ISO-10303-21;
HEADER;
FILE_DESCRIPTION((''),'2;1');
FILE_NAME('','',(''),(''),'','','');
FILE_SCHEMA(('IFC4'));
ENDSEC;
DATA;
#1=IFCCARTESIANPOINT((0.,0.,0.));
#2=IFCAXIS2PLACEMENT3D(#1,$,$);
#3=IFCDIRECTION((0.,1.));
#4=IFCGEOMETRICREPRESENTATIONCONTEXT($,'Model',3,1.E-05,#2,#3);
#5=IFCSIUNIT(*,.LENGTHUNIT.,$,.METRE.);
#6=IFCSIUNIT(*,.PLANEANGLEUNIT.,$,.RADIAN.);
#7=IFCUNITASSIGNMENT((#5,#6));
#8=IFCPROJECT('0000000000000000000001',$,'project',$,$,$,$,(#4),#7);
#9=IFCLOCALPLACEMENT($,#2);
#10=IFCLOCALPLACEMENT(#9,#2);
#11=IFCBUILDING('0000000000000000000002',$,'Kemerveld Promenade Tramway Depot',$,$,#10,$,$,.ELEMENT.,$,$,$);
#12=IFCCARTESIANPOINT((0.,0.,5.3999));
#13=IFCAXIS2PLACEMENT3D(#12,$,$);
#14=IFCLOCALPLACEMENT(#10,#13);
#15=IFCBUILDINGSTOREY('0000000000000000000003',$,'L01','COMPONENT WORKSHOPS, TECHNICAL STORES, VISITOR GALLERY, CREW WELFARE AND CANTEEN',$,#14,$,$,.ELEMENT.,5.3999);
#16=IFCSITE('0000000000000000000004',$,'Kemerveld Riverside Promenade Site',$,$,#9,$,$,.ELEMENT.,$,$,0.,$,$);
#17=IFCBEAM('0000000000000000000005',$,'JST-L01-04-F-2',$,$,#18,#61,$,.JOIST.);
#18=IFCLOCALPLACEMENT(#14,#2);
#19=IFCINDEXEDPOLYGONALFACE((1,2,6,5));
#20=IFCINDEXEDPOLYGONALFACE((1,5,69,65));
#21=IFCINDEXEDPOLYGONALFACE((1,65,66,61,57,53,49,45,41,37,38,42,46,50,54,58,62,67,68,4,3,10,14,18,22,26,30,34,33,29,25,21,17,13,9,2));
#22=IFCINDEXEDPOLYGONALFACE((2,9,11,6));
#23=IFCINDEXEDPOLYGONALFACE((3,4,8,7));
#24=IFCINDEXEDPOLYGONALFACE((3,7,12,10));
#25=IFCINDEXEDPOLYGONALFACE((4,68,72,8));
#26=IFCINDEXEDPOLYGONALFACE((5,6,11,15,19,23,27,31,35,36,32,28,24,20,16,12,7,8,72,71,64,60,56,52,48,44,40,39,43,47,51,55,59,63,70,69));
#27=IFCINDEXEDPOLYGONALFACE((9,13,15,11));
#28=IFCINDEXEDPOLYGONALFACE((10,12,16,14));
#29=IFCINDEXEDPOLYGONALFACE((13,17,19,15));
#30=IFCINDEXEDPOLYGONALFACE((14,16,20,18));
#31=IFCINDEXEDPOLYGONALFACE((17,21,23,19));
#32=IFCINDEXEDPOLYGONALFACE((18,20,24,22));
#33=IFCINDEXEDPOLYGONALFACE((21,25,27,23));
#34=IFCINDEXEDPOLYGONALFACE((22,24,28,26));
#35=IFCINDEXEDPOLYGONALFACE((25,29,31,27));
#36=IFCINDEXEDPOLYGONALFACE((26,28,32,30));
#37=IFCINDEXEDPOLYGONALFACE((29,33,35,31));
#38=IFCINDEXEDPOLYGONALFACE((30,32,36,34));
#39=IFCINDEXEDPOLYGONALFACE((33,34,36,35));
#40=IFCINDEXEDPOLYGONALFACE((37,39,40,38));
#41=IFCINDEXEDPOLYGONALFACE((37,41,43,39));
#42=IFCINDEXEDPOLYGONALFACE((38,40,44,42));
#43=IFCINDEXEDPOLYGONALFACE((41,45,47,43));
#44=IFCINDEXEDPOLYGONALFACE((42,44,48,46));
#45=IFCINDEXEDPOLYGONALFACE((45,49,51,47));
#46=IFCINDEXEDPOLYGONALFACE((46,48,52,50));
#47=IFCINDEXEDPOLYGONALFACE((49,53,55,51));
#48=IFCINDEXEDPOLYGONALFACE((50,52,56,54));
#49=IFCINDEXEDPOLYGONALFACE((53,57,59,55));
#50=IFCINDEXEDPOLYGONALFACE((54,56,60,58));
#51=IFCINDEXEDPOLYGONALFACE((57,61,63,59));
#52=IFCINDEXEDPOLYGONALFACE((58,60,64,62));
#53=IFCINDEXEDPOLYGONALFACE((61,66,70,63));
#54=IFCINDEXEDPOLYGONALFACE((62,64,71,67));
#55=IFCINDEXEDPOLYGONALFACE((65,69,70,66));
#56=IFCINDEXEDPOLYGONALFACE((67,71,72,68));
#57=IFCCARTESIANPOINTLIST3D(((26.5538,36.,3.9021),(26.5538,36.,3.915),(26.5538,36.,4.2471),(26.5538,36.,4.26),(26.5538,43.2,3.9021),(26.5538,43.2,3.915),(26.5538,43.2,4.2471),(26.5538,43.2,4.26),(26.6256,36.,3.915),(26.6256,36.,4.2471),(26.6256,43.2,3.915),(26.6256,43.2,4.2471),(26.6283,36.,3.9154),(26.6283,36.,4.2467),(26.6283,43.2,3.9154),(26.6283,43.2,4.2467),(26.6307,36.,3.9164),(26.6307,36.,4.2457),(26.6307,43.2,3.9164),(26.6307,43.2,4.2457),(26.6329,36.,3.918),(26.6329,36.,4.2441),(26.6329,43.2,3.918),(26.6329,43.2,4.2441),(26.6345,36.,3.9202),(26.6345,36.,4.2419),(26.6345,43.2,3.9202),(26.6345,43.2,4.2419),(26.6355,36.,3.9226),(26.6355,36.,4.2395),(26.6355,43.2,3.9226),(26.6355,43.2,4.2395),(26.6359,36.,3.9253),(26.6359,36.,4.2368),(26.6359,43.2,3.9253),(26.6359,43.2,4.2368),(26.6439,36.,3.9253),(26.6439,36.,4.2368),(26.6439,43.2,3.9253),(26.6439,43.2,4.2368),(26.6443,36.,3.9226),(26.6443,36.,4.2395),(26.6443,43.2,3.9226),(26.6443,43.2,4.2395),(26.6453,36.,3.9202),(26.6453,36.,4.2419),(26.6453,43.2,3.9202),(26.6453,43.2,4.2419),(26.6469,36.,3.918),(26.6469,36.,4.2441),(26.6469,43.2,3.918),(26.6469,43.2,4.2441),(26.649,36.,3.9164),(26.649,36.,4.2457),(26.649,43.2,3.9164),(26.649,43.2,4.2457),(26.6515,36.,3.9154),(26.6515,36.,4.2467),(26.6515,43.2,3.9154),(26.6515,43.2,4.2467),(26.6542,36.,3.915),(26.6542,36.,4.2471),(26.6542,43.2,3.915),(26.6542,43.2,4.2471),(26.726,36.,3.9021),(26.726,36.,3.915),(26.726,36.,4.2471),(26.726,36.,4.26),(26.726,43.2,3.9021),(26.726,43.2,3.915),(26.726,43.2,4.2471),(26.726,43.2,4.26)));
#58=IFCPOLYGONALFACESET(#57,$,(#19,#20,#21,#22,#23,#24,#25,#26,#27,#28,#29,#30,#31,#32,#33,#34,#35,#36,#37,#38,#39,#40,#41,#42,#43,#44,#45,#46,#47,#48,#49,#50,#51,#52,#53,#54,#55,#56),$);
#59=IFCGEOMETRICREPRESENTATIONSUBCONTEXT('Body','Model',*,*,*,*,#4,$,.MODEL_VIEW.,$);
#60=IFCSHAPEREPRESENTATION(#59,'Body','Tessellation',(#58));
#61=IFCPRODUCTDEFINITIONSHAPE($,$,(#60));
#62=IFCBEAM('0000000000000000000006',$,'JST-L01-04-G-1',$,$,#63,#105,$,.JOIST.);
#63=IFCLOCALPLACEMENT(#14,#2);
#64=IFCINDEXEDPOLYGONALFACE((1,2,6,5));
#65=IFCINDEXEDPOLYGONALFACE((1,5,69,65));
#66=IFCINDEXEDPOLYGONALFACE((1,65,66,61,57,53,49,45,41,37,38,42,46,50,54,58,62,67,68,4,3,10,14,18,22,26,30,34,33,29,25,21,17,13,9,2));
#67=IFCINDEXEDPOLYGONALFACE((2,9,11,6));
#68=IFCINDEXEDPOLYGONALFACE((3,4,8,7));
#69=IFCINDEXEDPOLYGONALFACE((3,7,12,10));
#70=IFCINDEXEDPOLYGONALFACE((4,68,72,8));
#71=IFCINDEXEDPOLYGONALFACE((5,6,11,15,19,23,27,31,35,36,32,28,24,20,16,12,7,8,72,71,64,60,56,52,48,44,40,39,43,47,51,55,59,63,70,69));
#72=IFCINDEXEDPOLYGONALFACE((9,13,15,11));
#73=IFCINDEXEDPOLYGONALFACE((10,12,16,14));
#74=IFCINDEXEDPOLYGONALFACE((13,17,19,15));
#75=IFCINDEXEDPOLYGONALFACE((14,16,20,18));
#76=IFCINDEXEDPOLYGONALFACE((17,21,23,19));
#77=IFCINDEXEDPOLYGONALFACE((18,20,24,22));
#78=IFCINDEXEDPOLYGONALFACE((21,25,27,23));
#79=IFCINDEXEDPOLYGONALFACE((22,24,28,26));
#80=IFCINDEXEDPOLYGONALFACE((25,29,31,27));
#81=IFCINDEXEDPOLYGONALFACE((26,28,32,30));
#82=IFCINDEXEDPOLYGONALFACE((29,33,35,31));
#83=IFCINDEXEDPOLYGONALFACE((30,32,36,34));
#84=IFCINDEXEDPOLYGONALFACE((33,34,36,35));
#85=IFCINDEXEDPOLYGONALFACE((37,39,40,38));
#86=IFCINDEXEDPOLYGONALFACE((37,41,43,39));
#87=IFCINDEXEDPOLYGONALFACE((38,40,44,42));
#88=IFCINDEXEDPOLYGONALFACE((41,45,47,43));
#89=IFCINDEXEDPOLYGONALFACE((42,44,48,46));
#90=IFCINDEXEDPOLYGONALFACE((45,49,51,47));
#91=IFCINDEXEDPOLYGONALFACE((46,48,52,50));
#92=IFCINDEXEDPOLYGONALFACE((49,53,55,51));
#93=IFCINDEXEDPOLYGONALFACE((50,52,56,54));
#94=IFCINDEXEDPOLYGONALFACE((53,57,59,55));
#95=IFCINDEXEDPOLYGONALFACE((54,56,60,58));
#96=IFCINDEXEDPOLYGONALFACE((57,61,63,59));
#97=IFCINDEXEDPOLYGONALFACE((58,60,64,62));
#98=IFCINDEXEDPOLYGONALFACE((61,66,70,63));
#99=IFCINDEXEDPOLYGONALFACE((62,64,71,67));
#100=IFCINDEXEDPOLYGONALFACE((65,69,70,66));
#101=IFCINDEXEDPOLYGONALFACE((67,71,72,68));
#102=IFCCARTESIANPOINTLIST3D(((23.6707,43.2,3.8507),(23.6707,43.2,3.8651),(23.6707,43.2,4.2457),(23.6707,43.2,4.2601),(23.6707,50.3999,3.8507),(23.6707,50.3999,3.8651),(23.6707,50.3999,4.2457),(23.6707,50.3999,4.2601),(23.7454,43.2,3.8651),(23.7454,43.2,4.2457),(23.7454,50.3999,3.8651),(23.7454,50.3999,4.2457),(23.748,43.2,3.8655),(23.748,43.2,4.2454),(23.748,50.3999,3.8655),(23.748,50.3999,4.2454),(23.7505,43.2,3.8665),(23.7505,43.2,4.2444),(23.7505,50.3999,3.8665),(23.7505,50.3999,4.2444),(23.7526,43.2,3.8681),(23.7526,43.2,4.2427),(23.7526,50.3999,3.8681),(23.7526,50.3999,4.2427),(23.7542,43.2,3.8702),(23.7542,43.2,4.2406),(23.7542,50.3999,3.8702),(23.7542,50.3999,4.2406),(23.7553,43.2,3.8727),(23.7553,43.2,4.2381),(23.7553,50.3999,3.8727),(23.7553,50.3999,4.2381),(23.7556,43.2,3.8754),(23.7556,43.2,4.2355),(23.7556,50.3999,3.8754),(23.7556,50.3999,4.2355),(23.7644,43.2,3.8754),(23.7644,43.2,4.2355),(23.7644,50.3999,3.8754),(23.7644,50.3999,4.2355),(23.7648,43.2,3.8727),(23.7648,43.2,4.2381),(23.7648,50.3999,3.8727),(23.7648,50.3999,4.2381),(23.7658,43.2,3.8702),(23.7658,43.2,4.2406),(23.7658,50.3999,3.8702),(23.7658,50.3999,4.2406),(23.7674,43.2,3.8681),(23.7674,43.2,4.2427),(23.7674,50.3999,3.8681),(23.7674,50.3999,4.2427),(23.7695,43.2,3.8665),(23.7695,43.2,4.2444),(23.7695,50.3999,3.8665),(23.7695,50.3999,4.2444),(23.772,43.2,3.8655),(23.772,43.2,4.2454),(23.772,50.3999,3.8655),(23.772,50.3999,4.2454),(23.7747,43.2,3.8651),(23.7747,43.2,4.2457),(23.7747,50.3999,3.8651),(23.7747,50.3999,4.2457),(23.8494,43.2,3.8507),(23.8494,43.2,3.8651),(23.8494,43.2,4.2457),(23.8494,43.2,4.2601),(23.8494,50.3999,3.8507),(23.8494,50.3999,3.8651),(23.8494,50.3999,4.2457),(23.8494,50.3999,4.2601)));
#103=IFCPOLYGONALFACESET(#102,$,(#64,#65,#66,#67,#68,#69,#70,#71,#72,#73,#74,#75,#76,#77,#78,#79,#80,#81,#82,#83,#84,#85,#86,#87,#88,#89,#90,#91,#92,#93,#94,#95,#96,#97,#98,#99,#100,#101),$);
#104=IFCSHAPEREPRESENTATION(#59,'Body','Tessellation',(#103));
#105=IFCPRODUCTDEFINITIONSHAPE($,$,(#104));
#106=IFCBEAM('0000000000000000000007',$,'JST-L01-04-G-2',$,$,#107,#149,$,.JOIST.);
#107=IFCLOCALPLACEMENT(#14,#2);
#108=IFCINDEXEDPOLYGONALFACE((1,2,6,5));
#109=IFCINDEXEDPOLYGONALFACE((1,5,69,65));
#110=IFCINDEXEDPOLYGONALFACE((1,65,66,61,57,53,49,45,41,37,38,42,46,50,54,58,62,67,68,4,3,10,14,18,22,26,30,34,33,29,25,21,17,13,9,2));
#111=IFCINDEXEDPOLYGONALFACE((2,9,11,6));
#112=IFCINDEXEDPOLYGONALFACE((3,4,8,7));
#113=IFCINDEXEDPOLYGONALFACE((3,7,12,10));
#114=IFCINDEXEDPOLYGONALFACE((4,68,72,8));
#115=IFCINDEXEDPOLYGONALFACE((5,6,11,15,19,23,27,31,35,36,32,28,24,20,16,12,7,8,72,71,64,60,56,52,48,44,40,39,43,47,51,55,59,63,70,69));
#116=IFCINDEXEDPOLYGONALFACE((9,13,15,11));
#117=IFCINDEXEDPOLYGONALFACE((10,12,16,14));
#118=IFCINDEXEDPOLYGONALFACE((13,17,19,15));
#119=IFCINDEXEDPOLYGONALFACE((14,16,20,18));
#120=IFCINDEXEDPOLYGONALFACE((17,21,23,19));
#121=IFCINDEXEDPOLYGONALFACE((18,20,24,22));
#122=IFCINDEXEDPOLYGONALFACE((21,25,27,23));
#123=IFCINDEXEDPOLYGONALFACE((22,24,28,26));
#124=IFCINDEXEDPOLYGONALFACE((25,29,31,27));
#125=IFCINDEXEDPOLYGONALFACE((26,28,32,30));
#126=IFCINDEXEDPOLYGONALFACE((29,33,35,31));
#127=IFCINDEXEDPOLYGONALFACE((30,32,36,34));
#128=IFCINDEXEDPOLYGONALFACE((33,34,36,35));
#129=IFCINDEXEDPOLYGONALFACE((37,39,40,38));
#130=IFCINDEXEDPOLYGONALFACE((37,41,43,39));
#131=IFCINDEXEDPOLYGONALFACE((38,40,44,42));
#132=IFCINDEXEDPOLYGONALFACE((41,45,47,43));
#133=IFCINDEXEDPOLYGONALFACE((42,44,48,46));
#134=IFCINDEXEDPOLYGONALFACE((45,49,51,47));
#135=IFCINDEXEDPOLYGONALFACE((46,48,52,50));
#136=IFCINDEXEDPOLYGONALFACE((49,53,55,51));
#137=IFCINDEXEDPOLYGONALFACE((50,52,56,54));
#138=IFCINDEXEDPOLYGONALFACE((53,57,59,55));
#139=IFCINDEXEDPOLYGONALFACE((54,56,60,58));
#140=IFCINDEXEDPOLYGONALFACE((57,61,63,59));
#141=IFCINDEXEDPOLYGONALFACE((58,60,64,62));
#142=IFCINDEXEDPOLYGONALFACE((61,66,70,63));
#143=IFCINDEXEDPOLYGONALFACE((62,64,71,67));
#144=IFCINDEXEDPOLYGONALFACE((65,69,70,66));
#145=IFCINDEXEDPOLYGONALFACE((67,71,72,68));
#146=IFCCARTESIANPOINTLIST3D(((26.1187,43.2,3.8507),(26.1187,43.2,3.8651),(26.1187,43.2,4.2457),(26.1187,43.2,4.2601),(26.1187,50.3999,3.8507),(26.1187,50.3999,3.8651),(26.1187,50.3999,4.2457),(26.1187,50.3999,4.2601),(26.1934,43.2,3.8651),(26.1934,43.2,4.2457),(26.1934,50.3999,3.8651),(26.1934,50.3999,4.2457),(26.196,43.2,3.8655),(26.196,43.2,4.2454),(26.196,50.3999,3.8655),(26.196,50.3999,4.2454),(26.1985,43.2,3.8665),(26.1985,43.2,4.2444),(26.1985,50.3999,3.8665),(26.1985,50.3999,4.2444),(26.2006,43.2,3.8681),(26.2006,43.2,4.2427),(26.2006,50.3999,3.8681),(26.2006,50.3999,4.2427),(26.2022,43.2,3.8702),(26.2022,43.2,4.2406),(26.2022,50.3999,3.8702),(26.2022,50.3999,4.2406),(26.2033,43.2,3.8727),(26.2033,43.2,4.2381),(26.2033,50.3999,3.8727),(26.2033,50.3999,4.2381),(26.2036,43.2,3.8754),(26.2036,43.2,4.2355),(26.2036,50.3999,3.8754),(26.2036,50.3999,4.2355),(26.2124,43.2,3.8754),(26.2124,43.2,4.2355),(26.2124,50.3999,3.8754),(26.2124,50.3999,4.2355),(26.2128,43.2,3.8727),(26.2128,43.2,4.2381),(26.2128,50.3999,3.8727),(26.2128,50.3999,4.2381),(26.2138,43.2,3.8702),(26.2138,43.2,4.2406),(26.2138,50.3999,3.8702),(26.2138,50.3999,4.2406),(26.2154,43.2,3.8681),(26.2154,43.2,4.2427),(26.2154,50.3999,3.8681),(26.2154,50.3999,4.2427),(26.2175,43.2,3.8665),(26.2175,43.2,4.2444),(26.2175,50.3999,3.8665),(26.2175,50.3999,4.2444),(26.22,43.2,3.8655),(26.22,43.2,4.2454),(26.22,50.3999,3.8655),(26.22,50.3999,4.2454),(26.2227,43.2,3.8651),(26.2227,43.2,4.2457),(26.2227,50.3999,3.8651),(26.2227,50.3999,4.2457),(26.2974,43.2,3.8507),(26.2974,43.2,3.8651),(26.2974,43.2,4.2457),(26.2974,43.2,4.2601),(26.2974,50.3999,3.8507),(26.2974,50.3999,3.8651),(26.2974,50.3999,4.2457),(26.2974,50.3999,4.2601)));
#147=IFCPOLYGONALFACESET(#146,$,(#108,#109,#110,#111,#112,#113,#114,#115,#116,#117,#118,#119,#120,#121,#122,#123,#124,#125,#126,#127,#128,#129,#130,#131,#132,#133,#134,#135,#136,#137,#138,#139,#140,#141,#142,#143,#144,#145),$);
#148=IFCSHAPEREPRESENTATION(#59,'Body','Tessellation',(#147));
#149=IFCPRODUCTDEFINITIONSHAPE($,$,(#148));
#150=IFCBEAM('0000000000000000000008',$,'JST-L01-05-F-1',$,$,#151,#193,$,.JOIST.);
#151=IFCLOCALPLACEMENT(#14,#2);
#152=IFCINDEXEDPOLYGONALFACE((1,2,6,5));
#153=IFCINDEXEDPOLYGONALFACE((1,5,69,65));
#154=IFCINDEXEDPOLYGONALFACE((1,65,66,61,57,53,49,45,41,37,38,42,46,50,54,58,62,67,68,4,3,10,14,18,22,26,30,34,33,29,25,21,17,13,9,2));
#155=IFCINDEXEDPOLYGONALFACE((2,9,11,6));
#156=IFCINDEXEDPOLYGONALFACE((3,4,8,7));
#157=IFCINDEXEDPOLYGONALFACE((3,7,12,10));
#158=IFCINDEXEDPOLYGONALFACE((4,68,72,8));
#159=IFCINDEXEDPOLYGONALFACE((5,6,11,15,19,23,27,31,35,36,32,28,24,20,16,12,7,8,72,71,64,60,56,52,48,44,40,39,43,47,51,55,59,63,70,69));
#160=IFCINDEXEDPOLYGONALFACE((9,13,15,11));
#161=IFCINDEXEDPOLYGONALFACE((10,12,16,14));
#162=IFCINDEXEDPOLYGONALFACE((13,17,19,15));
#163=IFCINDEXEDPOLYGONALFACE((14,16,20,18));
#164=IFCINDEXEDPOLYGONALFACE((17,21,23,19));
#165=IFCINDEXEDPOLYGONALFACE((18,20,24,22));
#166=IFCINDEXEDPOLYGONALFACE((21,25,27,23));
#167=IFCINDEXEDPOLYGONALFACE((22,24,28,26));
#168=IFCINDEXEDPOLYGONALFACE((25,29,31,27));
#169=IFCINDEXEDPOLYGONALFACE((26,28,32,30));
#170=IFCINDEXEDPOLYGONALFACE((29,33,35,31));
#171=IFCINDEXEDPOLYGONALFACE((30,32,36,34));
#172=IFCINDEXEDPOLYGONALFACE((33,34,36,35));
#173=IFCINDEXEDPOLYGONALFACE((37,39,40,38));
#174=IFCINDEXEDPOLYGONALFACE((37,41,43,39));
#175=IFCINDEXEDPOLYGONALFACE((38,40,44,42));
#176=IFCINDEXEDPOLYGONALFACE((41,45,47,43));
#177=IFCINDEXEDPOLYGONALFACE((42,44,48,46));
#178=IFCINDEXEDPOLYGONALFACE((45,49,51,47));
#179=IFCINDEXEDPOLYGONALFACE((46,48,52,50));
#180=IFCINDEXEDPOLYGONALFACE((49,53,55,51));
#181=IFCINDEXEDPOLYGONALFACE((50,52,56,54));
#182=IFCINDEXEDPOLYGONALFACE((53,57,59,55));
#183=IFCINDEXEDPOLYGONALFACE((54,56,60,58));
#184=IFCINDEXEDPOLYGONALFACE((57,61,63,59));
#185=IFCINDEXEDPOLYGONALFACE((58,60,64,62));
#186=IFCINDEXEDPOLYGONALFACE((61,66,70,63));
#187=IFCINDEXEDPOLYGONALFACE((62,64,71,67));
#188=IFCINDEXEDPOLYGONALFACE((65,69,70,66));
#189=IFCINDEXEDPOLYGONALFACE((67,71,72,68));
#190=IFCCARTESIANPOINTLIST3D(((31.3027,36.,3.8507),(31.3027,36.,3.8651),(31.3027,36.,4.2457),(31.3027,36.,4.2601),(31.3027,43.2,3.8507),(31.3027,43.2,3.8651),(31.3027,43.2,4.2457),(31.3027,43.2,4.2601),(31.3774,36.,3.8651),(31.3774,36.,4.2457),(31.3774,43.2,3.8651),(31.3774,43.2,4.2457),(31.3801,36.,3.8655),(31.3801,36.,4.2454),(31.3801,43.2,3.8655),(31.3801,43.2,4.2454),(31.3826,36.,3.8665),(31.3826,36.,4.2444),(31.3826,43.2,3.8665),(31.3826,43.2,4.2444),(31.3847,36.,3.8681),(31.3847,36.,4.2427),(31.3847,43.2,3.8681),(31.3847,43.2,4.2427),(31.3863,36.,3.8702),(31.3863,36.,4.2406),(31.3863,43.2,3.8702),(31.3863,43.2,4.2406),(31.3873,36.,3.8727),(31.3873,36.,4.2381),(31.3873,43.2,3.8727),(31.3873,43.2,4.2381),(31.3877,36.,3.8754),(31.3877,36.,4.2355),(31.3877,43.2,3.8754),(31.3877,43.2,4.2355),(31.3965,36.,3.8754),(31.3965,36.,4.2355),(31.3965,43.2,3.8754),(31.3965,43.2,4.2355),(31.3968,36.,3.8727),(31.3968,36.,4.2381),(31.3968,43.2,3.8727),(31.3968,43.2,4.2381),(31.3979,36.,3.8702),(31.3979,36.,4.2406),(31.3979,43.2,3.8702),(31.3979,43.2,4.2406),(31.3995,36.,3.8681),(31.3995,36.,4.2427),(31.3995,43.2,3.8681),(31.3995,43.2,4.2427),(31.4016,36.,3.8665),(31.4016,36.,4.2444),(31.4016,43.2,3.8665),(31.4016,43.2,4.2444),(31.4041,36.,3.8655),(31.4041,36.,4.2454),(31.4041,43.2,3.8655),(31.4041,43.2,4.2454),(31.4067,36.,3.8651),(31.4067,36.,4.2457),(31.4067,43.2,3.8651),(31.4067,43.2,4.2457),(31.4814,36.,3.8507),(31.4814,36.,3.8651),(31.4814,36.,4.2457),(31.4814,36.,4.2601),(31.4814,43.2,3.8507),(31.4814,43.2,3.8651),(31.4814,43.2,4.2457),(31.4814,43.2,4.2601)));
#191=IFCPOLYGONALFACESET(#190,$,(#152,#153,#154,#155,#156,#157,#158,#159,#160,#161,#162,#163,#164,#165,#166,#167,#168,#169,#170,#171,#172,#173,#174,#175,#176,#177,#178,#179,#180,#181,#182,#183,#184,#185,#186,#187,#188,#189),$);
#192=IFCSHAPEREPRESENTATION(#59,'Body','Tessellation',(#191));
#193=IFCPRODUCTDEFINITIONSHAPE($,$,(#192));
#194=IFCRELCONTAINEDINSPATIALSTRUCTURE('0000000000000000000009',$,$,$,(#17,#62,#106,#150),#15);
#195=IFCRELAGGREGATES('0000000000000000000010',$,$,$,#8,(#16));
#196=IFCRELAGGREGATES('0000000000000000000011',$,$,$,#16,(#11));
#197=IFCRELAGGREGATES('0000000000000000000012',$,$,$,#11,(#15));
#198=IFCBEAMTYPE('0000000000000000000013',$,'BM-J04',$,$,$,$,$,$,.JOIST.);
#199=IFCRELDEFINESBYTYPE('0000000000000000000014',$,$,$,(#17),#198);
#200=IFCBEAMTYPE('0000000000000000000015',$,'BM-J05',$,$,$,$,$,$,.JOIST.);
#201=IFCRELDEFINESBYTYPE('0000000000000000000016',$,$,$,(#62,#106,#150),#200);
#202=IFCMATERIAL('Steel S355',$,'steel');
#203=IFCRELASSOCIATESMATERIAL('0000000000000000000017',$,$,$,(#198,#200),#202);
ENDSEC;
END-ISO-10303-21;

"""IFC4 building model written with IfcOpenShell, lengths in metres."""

from ifc_helpers import new_model, si_unit, direction, frame, origin, origin_2d, place, context, subcontext, project, spatial, i_section, extrude, material, material_profile, profile_set, type_object, element, save


model = new_model("IFC4")

# Units and contexts
model_context = context("Model", 3, precision=1e-05, world=origin(), true_north=direction((0.0, 1.0)))
body_context = subcontext(model_context, "Body", "Model", "MODEL_VIEW")
ifc_project = project(units=[si_unit("LENGTHUNIT", "METRE"), si_unit("PLANEANGLEUNIT", "RADIAN")], contexts=[model_context])

# Site, building, storey
site_placement = place(None, origin())
site = spatial("IfcSite", under=ifc_project, at=site_placement, Name="Kemerveld Riverside Promenade Site", CompositionType="ELEMENT", RefElevation=0.0)
building_placement = place(site_placement, origin())
building = spatial("IfcBuilding", under=site, at=building_placement, Name="Kemerveld Promenade Tramway Depot", CompositionType="ELEMENT")
storey_placement = place(building_placement, frame((0.0, 0.0, 5.3999)))
storey = spatial("IfcBuildingStorey", under=building, at=storey_placement, Name="L01", Description="COMPONENT WORKSHOPS, TECHNICAL STORES, VISITOR GALLERY, CREW WELFARE AND CANTEEN", CompositionType="ELEMENT", Elevation=5.3999)

# Shared definitions
ifc_material_1 = material(Name="Steel S355", Category="steel")

# Beams
ifc_material_profile_1 = material_profile(ifc_material_1, i_section(OverallWidth=0.1721, OverallDepth=0.3579, WebThickness=0.0081, FlangeThickness=0.0129, FilletRadius=0.0103, at=origin_2d()), Name="356x171x57 UB")
ifc_profile_set_1 = profile_set([ifc_material_profile_1], Name="Steel S355")
beam_type_1 = type_object("IfcBeamType", Name="BM-J04", PredefinedType="JOIST", material=ifc_profile_set_1)
for number, where, z_axis, x_axis, name in (
    (1, (26.6399, 36.0, 4.0811), (0.0, 1.0, 0.0), (-1.0, 0.0, 0.0), "JST-L01-04-F-2"),
):
    element("IfcBeam", number, at=place(storey_placement, frame(where, z_axis=z_axis, x_axis=x_axis)), inside=storey, type_object=beam_type_1, Name=name, PredefinedType="JOIST", context=body_context, shape_type="SweptSolid", body=[
        extrude(i_section(OverallWidth=0.1721, OverallDepth=0.3579, WebThickness=0.0081, FlangeThickness=0.0129, FilletRadius=0.0103, at=origin_2d()), origin(), (0.0, 0.0, 1.0), 7.2),
    ])
ifc_material_profile_2 = material_profile(ifc_material_1, i_section(OverallWidth=0.1787, OverallDepth=0.4094, WebThickness=0.0088, FlangeThickness=0.0144, FilletRadius=0.0103, at=origin_2d()), Name="406x178x67 UB")
ifc_profile_set_2 = profile_set([ifc_material_profile_2], Name="Steel S355")
beam_type_2 = type_object("IfcBeamType", Name="BM-J05", PredefinedType="JOIST", material=ifc_profile_set_2)
for number, where, z_axis, x_axis, name in (
    (2, (23.76, 43.2, 4.0554), (0.0, 1.0, 0.0), (-1.0, 0.0, 0.0), "JST-L01-04-G-1"),
    (3, (26.208, 43.2, 4.0554), (0.0, 1.0, 0.0), (-1.0, 0.0, 0.0), "JST-L01-04-G-2"),
    (4, (31.3921, 36.0, 4.0554), (0.0, 1.0, 0.0), (-1.0, 0.0, 0.0), "JST-L01-05-F-1"),
):
    element("IfcBeam", number, at=place(storey_placement, frame(where, z_axis=z_axis, x_axis=x_axis)), inside=storey, type_object=beam_type_2, Name=name, PredefinedType="JOIST", context=body_context, shape_type="SweptSolid", body=[
        extrude(i_section(OverallWidth=0.1787, OverallDepth=0.4094, WebThickness=0.0088, FlangeThickness=0.0144, FilletRadius=0.0103, at=origin_2d()), origin(), (0.0, 0.0, 1.0), 7.2),
    ])

save(model, "model.ifc")
